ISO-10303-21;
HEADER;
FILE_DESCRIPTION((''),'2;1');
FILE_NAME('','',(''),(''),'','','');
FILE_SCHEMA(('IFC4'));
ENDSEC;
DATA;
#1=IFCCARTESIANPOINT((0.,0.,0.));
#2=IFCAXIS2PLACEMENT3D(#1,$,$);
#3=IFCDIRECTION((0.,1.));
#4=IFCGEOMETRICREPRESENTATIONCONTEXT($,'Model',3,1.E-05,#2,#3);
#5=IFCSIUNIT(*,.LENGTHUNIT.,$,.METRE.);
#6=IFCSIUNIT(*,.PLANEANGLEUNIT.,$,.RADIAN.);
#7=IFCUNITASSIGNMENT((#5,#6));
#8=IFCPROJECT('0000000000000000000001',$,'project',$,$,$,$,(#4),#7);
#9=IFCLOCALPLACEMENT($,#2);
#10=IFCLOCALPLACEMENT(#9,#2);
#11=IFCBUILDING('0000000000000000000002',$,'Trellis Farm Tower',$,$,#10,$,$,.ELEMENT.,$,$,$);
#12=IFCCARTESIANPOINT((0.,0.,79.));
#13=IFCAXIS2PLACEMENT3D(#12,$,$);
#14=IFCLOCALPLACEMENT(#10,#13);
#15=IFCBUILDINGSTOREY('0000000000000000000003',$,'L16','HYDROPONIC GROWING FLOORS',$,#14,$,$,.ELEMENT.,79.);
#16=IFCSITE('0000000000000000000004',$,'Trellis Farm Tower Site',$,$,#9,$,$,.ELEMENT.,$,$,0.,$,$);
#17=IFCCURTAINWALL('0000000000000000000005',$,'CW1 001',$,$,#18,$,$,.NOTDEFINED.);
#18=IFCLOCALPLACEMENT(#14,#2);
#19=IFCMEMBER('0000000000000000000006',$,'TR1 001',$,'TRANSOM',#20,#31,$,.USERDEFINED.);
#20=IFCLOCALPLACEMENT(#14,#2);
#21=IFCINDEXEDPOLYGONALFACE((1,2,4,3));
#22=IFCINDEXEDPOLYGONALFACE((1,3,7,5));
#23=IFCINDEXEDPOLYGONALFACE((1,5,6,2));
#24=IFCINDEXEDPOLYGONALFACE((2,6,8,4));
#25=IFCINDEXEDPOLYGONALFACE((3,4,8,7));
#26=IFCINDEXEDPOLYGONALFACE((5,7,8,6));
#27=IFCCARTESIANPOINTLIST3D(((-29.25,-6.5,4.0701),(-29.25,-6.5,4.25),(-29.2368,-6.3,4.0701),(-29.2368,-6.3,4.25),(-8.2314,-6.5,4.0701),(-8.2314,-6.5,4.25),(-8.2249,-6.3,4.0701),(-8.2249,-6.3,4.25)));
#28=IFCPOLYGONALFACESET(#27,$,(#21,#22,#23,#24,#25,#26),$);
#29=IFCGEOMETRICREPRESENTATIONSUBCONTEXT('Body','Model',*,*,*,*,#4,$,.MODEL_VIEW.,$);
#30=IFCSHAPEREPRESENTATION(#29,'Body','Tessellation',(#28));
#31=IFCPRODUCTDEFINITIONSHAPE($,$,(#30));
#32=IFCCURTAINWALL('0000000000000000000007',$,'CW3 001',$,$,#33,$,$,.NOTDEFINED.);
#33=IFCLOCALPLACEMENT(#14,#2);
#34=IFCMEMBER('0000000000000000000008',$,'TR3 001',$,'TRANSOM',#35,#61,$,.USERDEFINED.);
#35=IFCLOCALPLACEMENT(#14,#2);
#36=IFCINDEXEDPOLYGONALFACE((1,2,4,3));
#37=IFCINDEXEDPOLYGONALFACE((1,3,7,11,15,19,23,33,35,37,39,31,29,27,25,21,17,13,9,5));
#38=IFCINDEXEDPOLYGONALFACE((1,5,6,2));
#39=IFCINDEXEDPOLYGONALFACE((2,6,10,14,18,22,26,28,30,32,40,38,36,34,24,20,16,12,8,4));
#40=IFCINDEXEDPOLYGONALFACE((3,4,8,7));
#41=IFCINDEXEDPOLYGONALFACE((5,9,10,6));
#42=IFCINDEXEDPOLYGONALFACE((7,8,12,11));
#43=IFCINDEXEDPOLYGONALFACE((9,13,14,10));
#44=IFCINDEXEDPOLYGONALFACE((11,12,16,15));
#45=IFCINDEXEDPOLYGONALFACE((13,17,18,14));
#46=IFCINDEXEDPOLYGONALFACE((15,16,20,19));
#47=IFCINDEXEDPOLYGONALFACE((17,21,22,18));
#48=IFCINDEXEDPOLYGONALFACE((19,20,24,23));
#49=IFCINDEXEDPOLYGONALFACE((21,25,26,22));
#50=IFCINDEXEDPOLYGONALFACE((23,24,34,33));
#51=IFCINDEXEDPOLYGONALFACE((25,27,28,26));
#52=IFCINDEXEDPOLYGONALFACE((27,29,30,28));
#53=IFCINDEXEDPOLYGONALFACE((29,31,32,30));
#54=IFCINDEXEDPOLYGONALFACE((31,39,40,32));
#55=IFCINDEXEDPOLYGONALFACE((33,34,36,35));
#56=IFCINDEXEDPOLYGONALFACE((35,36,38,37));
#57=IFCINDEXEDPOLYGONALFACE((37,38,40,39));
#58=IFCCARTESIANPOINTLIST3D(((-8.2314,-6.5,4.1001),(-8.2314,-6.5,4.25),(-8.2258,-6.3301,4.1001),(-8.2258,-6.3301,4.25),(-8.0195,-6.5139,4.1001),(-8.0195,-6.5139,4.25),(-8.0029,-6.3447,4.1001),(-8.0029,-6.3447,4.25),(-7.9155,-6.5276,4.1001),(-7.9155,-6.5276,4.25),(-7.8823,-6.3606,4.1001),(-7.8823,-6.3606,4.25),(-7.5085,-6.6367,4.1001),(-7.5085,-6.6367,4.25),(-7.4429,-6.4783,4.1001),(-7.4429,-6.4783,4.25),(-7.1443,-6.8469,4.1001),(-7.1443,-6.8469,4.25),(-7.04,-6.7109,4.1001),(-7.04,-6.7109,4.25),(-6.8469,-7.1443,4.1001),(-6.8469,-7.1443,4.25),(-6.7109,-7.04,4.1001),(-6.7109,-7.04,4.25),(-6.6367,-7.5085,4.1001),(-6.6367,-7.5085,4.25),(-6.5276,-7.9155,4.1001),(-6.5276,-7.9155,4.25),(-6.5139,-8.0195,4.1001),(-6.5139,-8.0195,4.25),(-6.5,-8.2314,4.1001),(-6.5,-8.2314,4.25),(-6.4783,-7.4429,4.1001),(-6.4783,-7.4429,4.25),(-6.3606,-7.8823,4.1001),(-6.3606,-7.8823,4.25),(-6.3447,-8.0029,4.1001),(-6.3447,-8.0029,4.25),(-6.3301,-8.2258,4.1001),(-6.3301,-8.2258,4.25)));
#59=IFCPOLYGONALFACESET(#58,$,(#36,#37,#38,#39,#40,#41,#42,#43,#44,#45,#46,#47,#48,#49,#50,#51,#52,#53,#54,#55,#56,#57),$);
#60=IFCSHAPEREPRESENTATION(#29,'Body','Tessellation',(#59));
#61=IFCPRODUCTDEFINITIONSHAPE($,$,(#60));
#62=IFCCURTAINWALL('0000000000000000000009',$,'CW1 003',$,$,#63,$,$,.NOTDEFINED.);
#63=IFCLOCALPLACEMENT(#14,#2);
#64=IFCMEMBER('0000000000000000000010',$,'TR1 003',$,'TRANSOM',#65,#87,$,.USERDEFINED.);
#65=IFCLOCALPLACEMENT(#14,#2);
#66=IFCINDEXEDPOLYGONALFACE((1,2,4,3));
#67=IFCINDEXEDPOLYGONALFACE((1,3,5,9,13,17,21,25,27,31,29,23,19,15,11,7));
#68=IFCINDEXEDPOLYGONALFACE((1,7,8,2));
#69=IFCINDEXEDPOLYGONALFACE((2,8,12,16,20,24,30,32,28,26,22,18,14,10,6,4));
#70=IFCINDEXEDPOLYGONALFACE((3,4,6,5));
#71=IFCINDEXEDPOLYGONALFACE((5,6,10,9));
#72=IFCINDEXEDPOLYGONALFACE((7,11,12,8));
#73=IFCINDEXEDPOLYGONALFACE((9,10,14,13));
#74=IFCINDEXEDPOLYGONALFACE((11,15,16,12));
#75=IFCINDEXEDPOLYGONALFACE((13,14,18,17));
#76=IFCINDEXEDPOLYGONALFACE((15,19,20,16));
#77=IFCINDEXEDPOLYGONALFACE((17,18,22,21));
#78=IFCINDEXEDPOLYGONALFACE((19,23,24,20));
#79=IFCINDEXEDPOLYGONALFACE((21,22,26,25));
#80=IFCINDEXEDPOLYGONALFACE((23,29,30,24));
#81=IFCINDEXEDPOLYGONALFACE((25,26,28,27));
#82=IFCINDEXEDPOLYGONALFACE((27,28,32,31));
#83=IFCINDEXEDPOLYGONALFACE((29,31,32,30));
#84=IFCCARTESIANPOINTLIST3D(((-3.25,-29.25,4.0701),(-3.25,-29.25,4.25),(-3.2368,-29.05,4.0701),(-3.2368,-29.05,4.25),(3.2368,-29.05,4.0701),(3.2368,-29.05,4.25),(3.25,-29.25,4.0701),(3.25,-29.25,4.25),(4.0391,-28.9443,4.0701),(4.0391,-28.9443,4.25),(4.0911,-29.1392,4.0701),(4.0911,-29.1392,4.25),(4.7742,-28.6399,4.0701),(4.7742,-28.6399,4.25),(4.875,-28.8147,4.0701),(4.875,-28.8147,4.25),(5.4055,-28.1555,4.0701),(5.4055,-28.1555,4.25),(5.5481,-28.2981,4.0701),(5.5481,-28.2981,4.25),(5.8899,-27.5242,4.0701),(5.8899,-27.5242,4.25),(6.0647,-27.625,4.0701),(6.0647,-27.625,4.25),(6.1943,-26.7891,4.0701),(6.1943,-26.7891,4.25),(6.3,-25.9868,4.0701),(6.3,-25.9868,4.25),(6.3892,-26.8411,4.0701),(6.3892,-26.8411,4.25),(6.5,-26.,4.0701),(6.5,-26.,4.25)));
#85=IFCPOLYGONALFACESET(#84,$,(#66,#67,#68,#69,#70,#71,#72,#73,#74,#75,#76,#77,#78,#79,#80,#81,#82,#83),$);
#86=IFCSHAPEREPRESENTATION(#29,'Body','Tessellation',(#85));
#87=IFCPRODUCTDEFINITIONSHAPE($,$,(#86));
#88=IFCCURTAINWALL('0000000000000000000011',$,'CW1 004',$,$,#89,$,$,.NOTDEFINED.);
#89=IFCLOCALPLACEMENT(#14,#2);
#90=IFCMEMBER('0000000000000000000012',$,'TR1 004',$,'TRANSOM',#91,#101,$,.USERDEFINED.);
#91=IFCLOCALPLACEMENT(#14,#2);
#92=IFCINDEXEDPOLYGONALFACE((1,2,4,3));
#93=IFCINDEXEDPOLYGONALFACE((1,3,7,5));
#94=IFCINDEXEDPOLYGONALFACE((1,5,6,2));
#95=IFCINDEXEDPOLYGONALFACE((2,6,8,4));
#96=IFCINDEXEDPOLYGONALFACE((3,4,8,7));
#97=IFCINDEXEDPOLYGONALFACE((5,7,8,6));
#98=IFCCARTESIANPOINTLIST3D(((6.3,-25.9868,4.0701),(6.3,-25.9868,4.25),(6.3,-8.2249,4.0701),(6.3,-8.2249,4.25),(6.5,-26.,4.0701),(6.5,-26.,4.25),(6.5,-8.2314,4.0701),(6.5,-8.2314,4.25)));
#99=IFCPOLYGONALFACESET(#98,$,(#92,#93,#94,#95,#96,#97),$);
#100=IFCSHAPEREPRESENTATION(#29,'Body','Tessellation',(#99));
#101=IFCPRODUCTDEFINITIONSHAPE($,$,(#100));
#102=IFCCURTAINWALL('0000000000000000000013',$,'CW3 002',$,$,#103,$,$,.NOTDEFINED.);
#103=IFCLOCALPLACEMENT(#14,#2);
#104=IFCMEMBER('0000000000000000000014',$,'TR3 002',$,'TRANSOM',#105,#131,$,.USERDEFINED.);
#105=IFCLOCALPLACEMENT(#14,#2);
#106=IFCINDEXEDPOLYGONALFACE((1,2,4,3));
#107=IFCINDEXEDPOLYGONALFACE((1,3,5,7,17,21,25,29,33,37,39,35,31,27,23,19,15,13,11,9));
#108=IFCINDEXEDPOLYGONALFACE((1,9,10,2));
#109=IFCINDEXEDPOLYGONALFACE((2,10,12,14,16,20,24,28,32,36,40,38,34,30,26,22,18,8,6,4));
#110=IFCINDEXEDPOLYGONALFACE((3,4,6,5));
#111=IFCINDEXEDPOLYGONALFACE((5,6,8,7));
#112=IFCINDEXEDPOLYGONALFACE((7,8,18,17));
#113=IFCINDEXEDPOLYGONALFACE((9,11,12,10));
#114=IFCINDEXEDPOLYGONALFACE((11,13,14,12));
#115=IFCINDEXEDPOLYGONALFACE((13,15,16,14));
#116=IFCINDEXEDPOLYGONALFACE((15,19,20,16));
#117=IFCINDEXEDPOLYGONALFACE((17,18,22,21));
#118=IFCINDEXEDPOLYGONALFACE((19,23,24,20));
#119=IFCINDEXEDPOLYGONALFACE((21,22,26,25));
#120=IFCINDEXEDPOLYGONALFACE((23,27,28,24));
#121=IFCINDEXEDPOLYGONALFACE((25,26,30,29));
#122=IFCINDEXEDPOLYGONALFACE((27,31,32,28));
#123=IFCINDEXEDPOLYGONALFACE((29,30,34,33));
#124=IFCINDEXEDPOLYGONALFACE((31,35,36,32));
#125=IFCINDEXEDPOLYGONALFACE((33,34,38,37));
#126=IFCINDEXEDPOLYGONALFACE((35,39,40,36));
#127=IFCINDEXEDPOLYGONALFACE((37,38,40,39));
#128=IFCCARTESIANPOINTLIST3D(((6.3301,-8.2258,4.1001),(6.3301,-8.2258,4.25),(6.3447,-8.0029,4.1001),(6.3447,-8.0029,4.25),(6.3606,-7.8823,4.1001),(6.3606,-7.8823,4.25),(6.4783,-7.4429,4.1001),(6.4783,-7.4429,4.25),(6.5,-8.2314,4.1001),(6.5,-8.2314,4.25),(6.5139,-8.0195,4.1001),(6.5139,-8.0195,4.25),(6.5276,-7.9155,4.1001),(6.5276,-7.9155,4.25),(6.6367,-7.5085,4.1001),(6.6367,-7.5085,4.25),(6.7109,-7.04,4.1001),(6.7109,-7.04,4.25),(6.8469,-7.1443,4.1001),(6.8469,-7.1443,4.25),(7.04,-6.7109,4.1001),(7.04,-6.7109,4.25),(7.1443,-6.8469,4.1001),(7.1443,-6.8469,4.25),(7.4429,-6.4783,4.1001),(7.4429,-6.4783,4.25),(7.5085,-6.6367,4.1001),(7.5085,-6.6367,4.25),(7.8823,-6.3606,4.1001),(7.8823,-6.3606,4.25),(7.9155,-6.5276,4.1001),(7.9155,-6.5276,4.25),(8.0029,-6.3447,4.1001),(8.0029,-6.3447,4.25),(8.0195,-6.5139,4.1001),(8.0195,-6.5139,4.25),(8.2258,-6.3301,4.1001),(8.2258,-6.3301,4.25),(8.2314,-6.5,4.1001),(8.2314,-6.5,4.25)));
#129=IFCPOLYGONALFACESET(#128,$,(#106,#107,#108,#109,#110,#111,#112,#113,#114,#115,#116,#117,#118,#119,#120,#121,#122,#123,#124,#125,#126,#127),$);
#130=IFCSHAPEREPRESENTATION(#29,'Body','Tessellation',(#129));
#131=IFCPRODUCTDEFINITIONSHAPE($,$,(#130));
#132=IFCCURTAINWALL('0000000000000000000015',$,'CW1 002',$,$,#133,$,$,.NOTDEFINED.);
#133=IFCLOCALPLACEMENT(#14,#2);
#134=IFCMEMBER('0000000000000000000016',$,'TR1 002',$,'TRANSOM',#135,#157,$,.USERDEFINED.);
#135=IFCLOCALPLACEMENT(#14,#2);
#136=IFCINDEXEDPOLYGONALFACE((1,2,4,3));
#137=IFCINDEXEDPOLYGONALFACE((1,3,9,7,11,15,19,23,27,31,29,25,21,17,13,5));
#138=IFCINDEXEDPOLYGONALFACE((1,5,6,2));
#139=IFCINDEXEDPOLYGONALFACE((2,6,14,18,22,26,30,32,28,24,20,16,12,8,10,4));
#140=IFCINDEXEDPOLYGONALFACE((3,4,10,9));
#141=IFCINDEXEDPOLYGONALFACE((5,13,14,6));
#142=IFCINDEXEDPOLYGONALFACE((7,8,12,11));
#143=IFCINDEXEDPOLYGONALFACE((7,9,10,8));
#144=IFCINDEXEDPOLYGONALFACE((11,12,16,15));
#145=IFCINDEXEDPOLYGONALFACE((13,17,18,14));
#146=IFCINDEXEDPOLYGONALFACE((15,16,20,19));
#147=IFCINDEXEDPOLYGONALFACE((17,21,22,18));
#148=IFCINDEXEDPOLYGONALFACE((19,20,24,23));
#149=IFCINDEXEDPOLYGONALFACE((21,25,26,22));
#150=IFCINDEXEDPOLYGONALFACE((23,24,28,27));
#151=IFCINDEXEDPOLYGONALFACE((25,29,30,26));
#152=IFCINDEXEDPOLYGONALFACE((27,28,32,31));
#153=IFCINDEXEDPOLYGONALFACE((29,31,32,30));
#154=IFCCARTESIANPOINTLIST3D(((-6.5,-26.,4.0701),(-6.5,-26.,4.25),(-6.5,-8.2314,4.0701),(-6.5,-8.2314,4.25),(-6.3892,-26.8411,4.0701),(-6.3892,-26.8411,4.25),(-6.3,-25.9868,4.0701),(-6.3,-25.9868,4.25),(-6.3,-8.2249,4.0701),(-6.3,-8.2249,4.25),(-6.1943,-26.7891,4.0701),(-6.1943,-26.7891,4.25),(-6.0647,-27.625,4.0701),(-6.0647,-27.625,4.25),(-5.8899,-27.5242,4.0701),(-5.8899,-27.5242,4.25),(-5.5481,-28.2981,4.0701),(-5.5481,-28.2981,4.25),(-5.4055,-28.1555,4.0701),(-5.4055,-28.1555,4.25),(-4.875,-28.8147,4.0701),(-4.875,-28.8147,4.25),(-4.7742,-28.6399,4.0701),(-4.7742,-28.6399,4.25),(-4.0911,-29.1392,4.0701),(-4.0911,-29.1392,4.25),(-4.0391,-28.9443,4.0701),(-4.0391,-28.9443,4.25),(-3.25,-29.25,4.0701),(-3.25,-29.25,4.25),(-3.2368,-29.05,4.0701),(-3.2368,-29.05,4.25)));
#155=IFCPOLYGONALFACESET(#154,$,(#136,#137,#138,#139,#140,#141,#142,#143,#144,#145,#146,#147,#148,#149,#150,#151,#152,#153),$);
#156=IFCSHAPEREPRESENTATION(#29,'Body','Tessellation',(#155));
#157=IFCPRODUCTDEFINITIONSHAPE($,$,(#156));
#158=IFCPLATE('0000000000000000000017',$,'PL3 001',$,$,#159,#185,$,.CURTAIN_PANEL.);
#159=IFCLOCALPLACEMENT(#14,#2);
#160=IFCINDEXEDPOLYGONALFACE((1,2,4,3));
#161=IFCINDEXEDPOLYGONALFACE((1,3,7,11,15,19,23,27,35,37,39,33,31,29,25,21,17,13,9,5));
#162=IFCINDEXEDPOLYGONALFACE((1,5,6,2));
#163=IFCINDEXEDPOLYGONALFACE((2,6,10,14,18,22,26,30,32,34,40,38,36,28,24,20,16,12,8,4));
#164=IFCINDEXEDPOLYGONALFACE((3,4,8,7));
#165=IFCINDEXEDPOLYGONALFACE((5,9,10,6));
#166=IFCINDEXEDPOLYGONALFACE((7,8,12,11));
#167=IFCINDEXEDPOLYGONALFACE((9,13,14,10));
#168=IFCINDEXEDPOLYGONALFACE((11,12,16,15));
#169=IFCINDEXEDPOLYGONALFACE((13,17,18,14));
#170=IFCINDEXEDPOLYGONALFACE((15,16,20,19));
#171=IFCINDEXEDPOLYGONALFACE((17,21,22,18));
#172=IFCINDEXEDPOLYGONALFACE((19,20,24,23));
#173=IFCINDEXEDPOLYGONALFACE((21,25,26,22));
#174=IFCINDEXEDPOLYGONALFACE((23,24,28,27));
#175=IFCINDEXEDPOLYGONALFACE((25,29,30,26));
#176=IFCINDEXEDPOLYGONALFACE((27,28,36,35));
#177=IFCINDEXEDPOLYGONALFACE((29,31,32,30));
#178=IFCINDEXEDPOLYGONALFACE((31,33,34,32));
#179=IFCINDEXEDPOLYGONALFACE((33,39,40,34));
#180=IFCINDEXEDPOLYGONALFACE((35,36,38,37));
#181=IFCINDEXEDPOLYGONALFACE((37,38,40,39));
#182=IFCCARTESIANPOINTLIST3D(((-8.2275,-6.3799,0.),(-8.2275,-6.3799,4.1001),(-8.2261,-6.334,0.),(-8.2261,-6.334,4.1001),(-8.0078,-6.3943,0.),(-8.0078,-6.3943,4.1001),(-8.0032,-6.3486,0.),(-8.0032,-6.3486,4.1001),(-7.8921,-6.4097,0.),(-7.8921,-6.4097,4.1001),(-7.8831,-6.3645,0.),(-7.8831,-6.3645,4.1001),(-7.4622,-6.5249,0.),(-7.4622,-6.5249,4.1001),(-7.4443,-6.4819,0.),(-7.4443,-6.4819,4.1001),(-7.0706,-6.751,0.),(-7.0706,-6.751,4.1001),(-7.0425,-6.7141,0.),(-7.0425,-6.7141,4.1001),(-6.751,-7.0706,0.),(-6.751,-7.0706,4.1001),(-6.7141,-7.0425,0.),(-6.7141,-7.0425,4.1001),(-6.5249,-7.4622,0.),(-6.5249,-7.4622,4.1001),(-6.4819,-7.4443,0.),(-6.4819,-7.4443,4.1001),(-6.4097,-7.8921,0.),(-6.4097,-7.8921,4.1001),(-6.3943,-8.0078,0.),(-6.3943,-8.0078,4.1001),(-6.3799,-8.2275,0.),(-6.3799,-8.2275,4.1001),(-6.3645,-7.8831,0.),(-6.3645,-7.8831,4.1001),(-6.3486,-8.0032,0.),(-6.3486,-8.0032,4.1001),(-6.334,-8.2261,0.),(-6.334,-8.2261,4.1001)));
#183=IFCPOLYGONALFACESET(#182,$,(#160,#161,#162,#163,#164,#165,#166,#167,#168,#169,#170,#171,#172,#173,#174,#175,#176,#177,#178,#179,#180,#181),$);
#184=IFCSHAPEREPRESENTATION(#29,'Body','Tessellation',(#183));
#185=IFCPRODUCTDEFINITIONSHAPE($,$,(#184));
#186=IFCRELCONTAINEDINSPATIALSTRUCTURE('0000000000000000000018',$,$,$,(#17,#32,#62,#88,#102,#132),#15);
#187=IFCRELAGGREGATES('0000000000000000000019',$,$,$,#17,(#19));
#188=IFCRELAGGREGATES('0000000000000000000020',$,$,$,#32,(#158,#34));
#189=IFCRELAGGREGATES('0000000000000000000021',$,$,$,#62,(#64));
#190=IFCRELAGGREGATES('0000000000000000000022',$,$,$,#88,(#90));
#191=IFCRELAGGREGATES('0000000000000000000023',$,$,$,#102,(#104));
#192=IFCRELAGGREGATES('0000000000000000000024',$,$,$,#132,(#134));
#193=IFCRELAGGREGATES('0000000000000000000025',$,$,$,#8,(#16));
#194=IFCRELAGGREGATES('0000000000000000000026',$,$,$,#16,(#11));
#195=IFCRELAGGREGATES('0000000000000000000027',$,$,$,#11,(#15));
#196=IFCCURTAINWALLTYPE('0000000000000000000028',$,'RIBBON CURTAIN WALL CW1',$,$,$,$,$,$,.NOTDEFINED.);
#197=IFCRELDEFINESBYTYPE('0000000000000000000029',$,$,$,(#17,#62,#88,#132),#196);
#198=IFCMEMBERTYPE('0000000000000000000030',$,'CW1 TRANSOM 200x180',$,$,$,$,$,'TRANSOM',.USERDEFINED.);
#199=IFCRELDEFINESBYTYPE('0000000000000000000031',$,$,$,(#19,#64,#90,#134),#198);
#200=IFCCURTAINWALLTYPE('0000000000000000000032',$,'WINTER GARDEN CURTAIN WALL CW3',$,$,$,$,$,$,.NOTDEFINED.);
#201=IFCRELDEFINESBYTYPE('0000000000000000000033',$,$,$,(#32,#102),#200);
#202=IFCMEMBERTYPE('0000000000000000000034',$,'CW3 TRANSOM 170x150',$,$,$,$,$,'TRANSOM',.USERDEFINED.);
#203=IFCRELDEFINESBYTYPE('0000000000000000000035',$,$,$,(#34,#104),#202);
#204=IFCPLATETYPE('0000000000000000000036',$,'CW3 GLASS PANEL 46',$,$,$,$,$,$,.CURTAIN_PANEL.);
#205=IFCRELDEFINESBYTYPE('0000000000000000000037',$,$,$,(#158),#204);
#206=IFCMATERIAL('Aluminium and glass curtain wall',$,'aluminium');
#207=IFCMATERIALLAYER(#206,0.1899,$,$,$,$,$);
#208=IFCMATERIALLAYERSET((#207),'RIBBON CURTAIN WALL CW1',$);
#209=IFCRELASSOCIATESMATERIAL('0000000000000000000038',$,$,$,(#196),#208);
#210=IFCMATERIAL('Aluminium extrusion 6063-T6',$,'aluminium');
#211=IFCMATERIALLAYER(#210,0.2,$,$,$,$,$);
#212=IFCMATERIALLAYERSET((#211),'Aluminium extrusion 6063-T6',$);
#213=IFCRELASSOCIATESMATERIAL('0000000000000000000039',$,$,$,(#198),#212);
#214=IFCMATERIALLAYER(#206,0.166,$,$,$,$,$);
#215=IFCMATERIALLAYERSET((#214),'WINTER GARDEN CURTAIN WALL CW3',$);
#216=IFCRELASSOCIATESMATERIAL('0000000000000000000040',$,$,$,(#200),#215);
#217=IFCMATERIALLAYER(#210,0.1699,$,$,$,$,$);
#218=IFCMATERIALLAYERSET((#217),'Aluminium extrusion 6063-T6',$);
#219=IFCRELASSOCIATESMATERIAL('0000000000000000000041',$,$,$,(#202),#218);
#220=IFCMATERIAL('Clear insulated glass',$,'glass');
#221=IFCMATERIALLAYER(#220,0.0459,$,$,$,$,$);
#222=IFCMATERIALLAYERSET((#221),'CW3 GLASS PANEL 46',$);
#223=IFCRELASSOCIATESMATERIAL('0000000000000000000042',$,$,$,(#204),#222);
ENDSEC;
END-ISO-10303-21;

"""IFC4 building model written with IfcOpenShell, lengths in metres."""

from ifc_helpers import new_model, si_unit, direction, frame, origin, place, context, subcontext, project, spatial, polyline, outline, extrude, source, transform, mapped, material, layer, layer_set, type_object, element, aggregate, save


model = new_model("IFC4")

# Units and contexts
model_context = context("Model", 3, precision=1e-05, world=origin(), true_north=direction((0.0, 1.0)))
body_context = subcontext(model_context, "Body", "Model", "MODEL_VIEW")
ifc_project = project(units=[si_unit("LENGTHUNIT", "METRE"), si_unit("PLANEANGLEUNIT", "RADIAN")], contexts=[model_context])

# Site, building, storey
site_placement = place(None, origin())
site = spatial("IfcSite", under=ifc_project, at=site_placement, Name="Trellis Farm Tower Site", CompositionType="ELEMENT", RefElevation=0.0)
building_placement = place(site_placement, origin())
building = spatial("IfcBuilding", under=site, at=building_placement, Name="Trellis Farm Tower", CompositionType="ELEMENT")
storey_placement = place(building_placement, frame((0.0, 0.0, 79.0)))
storey = spatial("IfcBuildingStorey", under=building, at=storey_placement, Name="L16", Description="HYDROPONIC GROWING FLOORS", CompositionType="ELEMENT", Elevation=79.0)

# Curtain walls, members
ifc_material_1 = material(Name="Aluminium and glass curtain wall", Category="aluminium")
ifc_layer_1 = layer(ifc_material_1, 0.1899)
ifc_layer_set_1 = layer_set([ifc_layer_1], Name="RIBBON CURTAIN WALL CW1")
curtain_wall_type_1 = type_object("IfcCurtainWallType", Name="RIBBON CURTAIN WALL CW1", PredefinedType="NOTDEFINED", material=ifc_layer_set_1)
placement_1 = place(storey_placement, origin())
curtain_wall_1 = element("IfcCurtainWall", 1, at=placement_1, inside=storey, type_object=curtain_wall_type_1, Name="CW1 001", PredefinedType="NOTDEFINED")
ifc_material_2 = material(Name="Aluminium extrusion 6063-T6", Category="aluminium")
ifc_layer_2 = layer(ifc_material_2, 0.2)
ifc_layer_set_2 = layer_set([ifc_layer_2], Name="Aluminium extrusion 6063-T6")
member_type_1 = type_object("IfcMemberType", Name="CW1 TRANSOM 200x180", ElementType="TRANSOM", PredefinedType="USERDEFINED", material=ifc_layer_set_2)
shared_shape_1 = source(origin(), body_context, "Body", "SweptSolid", [
    extrude(outline(polyline([(-29.25, -6.5), (-8.2314, -6.5), (-8.2249, -6.3), (-29.2368, -6.3), (-29.25, -6.5)])), origin(), (0.0, 0.0, 1.0), 0.1799),
])
placement_2 = place(storey_placement, frame((0.0, 0.0, 4.0701)))
member_1 = element("IfcMember", 2, at=placement_2, type_object=member_type_1, Name="TR1 001", ObjectType="TRANSOM", PredefinedType="USERDEFINED", context=body_context, shape_type="MappedRepresentation", body=[
    mapped(shared_shape_1, transform((0.0, 0.0, 0.0))),
])
aggregate(curtain_wall_1, [member_1])
ifc_layer_3 = layer(ifc_material_1, 0.166)
ifc_layer_set_3 = layer_set([ifc_layer_3], Name="WINTER GARDEN CURTAIN WALL CW3")
curtain_wall_type_2 = type_object("IfcCurtainWallType", Name="WINTER GARDEN CURTAIN WALL CW3", PredefinedType="NOTDEFINED", material=ifc_layer_set_3)
curtain_wall_2 = element("IfcCurtainWall", 3, at=placement_1, inside=storey, type_object=curtain_wall_type_2, Name="CW3 001", PredefinedType="NOTDEFINED")
ifc_layer_4 = layer(ifc_material_2, 0.1699)
ifc_layer_set_4 = layer_set([ifc_layer_4], Name="Aluminium extrusion 6063-T6")
member_type_2 = type_object("IfcMemberType", Name="CW3 TRANSOM 170x150", ElementType="TRANSOM", PredefinedType="USERDEFINED", material=ifc_layer_set_4)
shared_shape_2 = source(origin(), body_context, "Body", "SweptSolid", [
    extrude(outline(polyline([(-8.2314, -6.5), (-8.0195, -6.5139), (-7.9155, -6.5276), (-7.5085, -6.6367), (-7.1443, -6.8469), (-6.8469, -7.1443), (-6.6367, -7.5085), (-6.5276, -7.9155), (-6.5139, -8.0195), (-6.5, -8.2314), (-6.3301, -8.2258), (-6.3447, -8.0029), (-6.3606, -7.8823), (-6.4783, -7.4429), (-6.7109, -7.04), (-7.04, -6.7109), (-7.4429, -6.4783), (-7.8823, -6.3606), (-8.0029, -6.3447), (-8.2258, -6.3301), (-8.2314, -6.5)])), origin(), (0.0, 0.0, 1.0), 0.1499),
])
placement_3 = place(storey_placement, frame((0.0, 0.0, 4.1001)))
member_2 = element("IfcMember", 4, at=placement_3, type_object=member_type_2, Name="TR3 001", ObjectType="TRANSOM", PredefinedType="USERDEFINED", context=body_context, shape_type="MappedRepresentation", body=[
    mapped(shared_shape_2, transform((0.0, 0.0, 0.0))),
])
curtain_wall_3 = element("IfcCurtainWall", 5, at=placement_1, inside=storey, type_object=curtain_wall_type_1, Name="CW1 003", PredefinedType="NOTDEFINED")
shared_shape_3 = source(origin(), body_context, "Body", "SweptSolid", [
    extrude(outline(polyline([(-3.25, -29.25), (3.25, -29.25), (4.0911, -29.1392), (4.875, -28.8147), (5.5481, -28.2981), (6.0647, -27.625), (6.3892, -26.8411), (6.5, -26.0), (6.3, -25.9868), (6.1943, -26.7891), (5.8899, -27.5242), (5.4055, -28.1555), (4.7742, -28.6399), (4.0391, -28.9443), (3.2368, -29.05), (-3.2368, -29.05), (-3.25, -29.25)])), origin(), (0.0, 0.0, 1.0), 0.1799),
])
member_3 = element("IfcMember", 6, at=placement_2, type_object=member_type_1, Name="TR1 003", ObjectType="TRANSOM", PredefinedType="USERDEFINED", context=body_context, shape_type="MappedRepresentation", body=[
    mapped(shared_shape_3, transform((0.0, 0.0, 0.0))),
])
curtain_wall_4 = element("IfcCurtainWall", 7, at=placement_1, inside=storey, type_object=curtain_wall_type_1, Name="CW1 004", PredefinedType="NOTDEFINED")
shared_shape_4 = source(origin(), body_context, "Body", "SweptSolid", [
    extrude(outline(polyline([(6.5, -26.0), (6.5, -8.2314), (6.3, -8.2249), (6.3, -25.9868), (6.5, -26.0)])), origin(), (0.0, 0.0, 1.0), 0.1799),
])
member_4 = element("IfcMember", 8, at=placement_2, type_object=member_type_1, Name="TR1 004", ObjectType="TRANSOM", PredefinedType="USERDEFINED", context=body_context, shape_type="MappedRepresentation", body=[
    mapped(shared_shape_4, transform((0.0, 0.0, 0.0))),
])
curtain_wall_5 = element("IfcCurtainWall", 9, at=placement_1, inside=storey, type_object=curtain_wall_type_2, Name="CW3 002", PredefinedType="NOTDEFINED")
shared_shape_5 = source(origin(), body_context, "Body", "SweptSolid", [
    extrude(outline(polyline([(6.5, -8.2314), (6.5139, -8.0195), (6.5276, -7.9155), (6.6367, -7.5085), (6.8469, -7.1443), (7.1443, -6.8469), (7.5085, -6.6367), (7.9155, -6.5276), (8.0195, -6.5139), (8.2314, -6.5), (8.2258, -6.3301), (8.0029, -6.3447), (7.8823, -6.3606), (7.4429, -6.4783), (7.04, -6.7109), (6.7109, -7.04), (6.4783, -7.4429), (6.3606, -7.8823), (6.3447, -8.0029), (6.3301, -8.2258), (6.5, -8.2314)])), origin(), (0.0, 0.0, 1.0), 0.1499),
])
member_5 = element("IfcMember", 10, at=placement_3, type_object=member_type_2, Name="TR3 002", ObjectType="TRANSOM", PredefinedType="USERDEFINED", context=body_context, shape_type="MappedRepresentation", body=[
    mapped(shared_shape_5, transform((0.0, 0.0, 0.0))),
])
curtain_wall_6 = element("IfcCurtainWall", 11, at=placement_1, inside=storey, type_object=curtain_wall_type_1, Name="CW1 002", PredefinedType="NOTDEFINED")
shared_shape_6 = source(origin(), body_context, "Body", "SweptSolid", [
    extrude(outline(polyline([(-6.5, -8.2314), (-6.5, -26.0), (-6.3892, -26.8411), (-6.0647, -27.625), (-5.5481, -28.2981), (-4.875, -28.8147), (-4.0911, -29.1392), (-3.25, -29.25), (-3.2368, -29.05), (-4.0391, -28.9443), (-4.7742, -28.6399), (-5.4055, -28.1555), (-5.8899, -27.5242), (-6.1943, -26.7891), (-6.3, -25.9868), (-6.3, -8.2249), (-6.5, -8.2314)])), origin(), (0.0, 0.0, 1.0), 0.1799),
])
member_6 = element("IfcMember", 12, at=placement_2, type_object=member_type_1, Name="TR1 002", ObjectType="TRANSOM", PredefinedType="USERDEFINED", context=body_context, shape_type="MappedRepresentation", body=[
    mapped(shared_shape_6, transform((0.0, 0.0, 0.0))),
])

# Plate
ifc_material_3 = material(Name="Clear insulated glass", Category="glass")
ifc_layer_5 = layer(ifc_material_3, 0.0459)
ifc_layer_set_5 = layer_set([ifc_layer_5], Name="CW3 GLASS PANEL 46")
plate_type_1 = type_object("IfcPlateType", Name="CW3 GLASS PANEL 46", PredefinedType="CURTAIN_PANEL", material=ifc_layer_set_5)
shared_shape_7 = source(origin(), body_context, "Body", "SweptSolid", [
    extrude(outline(polyline([(-8.2275, -6.3799), (-8.0078, -6.3943), (-7.8921, -6.4097), (-7.4622, -6.5249), (-7.0706, -6.751), (-6.751, -7.0706), (-6.5249, -7.4622), (-6.4097, -7.8921), (-6.3943, -8.0078), (-6.3799, -8.2275), (-6.334, -8.2261), (-6.3486, -8.0032), (-6.3645, -7.8831), (-6.4819, -7.4443), (-6.7141, -7.0425), (-7.0425, -6.7141), (-7.4443, -6.4819), (-7.8831, -6.3645), (-8.0032, -6.3486), (-8.2261, -6.334), (-8.2275, -6.3799)])), origin(), (0.0, 0.0, 1.0), 4.1001),
])
plate_1 = element("IfcPlate", 13, at=placement_1, type_object=plate_type_1, Name="PL3 001", PredefinedType="CURTAIN_PANEL", context=body_context, shape_type="MappedRepresentation", body=[
    mapped(shared_shape_7, transform((0.0, 0.0, 0.0))),
])
aggregate(curtain_wall_2, [plate_1, member_2])
aggregate(curtain_wall_3, [member_3])
aggregate(curtain_wall_4, [member_4])
aggregate(curtain_wall_5, [member_5])
aggregate(curtain_wall_6, [member_6])

save(model, "model.ifc")
